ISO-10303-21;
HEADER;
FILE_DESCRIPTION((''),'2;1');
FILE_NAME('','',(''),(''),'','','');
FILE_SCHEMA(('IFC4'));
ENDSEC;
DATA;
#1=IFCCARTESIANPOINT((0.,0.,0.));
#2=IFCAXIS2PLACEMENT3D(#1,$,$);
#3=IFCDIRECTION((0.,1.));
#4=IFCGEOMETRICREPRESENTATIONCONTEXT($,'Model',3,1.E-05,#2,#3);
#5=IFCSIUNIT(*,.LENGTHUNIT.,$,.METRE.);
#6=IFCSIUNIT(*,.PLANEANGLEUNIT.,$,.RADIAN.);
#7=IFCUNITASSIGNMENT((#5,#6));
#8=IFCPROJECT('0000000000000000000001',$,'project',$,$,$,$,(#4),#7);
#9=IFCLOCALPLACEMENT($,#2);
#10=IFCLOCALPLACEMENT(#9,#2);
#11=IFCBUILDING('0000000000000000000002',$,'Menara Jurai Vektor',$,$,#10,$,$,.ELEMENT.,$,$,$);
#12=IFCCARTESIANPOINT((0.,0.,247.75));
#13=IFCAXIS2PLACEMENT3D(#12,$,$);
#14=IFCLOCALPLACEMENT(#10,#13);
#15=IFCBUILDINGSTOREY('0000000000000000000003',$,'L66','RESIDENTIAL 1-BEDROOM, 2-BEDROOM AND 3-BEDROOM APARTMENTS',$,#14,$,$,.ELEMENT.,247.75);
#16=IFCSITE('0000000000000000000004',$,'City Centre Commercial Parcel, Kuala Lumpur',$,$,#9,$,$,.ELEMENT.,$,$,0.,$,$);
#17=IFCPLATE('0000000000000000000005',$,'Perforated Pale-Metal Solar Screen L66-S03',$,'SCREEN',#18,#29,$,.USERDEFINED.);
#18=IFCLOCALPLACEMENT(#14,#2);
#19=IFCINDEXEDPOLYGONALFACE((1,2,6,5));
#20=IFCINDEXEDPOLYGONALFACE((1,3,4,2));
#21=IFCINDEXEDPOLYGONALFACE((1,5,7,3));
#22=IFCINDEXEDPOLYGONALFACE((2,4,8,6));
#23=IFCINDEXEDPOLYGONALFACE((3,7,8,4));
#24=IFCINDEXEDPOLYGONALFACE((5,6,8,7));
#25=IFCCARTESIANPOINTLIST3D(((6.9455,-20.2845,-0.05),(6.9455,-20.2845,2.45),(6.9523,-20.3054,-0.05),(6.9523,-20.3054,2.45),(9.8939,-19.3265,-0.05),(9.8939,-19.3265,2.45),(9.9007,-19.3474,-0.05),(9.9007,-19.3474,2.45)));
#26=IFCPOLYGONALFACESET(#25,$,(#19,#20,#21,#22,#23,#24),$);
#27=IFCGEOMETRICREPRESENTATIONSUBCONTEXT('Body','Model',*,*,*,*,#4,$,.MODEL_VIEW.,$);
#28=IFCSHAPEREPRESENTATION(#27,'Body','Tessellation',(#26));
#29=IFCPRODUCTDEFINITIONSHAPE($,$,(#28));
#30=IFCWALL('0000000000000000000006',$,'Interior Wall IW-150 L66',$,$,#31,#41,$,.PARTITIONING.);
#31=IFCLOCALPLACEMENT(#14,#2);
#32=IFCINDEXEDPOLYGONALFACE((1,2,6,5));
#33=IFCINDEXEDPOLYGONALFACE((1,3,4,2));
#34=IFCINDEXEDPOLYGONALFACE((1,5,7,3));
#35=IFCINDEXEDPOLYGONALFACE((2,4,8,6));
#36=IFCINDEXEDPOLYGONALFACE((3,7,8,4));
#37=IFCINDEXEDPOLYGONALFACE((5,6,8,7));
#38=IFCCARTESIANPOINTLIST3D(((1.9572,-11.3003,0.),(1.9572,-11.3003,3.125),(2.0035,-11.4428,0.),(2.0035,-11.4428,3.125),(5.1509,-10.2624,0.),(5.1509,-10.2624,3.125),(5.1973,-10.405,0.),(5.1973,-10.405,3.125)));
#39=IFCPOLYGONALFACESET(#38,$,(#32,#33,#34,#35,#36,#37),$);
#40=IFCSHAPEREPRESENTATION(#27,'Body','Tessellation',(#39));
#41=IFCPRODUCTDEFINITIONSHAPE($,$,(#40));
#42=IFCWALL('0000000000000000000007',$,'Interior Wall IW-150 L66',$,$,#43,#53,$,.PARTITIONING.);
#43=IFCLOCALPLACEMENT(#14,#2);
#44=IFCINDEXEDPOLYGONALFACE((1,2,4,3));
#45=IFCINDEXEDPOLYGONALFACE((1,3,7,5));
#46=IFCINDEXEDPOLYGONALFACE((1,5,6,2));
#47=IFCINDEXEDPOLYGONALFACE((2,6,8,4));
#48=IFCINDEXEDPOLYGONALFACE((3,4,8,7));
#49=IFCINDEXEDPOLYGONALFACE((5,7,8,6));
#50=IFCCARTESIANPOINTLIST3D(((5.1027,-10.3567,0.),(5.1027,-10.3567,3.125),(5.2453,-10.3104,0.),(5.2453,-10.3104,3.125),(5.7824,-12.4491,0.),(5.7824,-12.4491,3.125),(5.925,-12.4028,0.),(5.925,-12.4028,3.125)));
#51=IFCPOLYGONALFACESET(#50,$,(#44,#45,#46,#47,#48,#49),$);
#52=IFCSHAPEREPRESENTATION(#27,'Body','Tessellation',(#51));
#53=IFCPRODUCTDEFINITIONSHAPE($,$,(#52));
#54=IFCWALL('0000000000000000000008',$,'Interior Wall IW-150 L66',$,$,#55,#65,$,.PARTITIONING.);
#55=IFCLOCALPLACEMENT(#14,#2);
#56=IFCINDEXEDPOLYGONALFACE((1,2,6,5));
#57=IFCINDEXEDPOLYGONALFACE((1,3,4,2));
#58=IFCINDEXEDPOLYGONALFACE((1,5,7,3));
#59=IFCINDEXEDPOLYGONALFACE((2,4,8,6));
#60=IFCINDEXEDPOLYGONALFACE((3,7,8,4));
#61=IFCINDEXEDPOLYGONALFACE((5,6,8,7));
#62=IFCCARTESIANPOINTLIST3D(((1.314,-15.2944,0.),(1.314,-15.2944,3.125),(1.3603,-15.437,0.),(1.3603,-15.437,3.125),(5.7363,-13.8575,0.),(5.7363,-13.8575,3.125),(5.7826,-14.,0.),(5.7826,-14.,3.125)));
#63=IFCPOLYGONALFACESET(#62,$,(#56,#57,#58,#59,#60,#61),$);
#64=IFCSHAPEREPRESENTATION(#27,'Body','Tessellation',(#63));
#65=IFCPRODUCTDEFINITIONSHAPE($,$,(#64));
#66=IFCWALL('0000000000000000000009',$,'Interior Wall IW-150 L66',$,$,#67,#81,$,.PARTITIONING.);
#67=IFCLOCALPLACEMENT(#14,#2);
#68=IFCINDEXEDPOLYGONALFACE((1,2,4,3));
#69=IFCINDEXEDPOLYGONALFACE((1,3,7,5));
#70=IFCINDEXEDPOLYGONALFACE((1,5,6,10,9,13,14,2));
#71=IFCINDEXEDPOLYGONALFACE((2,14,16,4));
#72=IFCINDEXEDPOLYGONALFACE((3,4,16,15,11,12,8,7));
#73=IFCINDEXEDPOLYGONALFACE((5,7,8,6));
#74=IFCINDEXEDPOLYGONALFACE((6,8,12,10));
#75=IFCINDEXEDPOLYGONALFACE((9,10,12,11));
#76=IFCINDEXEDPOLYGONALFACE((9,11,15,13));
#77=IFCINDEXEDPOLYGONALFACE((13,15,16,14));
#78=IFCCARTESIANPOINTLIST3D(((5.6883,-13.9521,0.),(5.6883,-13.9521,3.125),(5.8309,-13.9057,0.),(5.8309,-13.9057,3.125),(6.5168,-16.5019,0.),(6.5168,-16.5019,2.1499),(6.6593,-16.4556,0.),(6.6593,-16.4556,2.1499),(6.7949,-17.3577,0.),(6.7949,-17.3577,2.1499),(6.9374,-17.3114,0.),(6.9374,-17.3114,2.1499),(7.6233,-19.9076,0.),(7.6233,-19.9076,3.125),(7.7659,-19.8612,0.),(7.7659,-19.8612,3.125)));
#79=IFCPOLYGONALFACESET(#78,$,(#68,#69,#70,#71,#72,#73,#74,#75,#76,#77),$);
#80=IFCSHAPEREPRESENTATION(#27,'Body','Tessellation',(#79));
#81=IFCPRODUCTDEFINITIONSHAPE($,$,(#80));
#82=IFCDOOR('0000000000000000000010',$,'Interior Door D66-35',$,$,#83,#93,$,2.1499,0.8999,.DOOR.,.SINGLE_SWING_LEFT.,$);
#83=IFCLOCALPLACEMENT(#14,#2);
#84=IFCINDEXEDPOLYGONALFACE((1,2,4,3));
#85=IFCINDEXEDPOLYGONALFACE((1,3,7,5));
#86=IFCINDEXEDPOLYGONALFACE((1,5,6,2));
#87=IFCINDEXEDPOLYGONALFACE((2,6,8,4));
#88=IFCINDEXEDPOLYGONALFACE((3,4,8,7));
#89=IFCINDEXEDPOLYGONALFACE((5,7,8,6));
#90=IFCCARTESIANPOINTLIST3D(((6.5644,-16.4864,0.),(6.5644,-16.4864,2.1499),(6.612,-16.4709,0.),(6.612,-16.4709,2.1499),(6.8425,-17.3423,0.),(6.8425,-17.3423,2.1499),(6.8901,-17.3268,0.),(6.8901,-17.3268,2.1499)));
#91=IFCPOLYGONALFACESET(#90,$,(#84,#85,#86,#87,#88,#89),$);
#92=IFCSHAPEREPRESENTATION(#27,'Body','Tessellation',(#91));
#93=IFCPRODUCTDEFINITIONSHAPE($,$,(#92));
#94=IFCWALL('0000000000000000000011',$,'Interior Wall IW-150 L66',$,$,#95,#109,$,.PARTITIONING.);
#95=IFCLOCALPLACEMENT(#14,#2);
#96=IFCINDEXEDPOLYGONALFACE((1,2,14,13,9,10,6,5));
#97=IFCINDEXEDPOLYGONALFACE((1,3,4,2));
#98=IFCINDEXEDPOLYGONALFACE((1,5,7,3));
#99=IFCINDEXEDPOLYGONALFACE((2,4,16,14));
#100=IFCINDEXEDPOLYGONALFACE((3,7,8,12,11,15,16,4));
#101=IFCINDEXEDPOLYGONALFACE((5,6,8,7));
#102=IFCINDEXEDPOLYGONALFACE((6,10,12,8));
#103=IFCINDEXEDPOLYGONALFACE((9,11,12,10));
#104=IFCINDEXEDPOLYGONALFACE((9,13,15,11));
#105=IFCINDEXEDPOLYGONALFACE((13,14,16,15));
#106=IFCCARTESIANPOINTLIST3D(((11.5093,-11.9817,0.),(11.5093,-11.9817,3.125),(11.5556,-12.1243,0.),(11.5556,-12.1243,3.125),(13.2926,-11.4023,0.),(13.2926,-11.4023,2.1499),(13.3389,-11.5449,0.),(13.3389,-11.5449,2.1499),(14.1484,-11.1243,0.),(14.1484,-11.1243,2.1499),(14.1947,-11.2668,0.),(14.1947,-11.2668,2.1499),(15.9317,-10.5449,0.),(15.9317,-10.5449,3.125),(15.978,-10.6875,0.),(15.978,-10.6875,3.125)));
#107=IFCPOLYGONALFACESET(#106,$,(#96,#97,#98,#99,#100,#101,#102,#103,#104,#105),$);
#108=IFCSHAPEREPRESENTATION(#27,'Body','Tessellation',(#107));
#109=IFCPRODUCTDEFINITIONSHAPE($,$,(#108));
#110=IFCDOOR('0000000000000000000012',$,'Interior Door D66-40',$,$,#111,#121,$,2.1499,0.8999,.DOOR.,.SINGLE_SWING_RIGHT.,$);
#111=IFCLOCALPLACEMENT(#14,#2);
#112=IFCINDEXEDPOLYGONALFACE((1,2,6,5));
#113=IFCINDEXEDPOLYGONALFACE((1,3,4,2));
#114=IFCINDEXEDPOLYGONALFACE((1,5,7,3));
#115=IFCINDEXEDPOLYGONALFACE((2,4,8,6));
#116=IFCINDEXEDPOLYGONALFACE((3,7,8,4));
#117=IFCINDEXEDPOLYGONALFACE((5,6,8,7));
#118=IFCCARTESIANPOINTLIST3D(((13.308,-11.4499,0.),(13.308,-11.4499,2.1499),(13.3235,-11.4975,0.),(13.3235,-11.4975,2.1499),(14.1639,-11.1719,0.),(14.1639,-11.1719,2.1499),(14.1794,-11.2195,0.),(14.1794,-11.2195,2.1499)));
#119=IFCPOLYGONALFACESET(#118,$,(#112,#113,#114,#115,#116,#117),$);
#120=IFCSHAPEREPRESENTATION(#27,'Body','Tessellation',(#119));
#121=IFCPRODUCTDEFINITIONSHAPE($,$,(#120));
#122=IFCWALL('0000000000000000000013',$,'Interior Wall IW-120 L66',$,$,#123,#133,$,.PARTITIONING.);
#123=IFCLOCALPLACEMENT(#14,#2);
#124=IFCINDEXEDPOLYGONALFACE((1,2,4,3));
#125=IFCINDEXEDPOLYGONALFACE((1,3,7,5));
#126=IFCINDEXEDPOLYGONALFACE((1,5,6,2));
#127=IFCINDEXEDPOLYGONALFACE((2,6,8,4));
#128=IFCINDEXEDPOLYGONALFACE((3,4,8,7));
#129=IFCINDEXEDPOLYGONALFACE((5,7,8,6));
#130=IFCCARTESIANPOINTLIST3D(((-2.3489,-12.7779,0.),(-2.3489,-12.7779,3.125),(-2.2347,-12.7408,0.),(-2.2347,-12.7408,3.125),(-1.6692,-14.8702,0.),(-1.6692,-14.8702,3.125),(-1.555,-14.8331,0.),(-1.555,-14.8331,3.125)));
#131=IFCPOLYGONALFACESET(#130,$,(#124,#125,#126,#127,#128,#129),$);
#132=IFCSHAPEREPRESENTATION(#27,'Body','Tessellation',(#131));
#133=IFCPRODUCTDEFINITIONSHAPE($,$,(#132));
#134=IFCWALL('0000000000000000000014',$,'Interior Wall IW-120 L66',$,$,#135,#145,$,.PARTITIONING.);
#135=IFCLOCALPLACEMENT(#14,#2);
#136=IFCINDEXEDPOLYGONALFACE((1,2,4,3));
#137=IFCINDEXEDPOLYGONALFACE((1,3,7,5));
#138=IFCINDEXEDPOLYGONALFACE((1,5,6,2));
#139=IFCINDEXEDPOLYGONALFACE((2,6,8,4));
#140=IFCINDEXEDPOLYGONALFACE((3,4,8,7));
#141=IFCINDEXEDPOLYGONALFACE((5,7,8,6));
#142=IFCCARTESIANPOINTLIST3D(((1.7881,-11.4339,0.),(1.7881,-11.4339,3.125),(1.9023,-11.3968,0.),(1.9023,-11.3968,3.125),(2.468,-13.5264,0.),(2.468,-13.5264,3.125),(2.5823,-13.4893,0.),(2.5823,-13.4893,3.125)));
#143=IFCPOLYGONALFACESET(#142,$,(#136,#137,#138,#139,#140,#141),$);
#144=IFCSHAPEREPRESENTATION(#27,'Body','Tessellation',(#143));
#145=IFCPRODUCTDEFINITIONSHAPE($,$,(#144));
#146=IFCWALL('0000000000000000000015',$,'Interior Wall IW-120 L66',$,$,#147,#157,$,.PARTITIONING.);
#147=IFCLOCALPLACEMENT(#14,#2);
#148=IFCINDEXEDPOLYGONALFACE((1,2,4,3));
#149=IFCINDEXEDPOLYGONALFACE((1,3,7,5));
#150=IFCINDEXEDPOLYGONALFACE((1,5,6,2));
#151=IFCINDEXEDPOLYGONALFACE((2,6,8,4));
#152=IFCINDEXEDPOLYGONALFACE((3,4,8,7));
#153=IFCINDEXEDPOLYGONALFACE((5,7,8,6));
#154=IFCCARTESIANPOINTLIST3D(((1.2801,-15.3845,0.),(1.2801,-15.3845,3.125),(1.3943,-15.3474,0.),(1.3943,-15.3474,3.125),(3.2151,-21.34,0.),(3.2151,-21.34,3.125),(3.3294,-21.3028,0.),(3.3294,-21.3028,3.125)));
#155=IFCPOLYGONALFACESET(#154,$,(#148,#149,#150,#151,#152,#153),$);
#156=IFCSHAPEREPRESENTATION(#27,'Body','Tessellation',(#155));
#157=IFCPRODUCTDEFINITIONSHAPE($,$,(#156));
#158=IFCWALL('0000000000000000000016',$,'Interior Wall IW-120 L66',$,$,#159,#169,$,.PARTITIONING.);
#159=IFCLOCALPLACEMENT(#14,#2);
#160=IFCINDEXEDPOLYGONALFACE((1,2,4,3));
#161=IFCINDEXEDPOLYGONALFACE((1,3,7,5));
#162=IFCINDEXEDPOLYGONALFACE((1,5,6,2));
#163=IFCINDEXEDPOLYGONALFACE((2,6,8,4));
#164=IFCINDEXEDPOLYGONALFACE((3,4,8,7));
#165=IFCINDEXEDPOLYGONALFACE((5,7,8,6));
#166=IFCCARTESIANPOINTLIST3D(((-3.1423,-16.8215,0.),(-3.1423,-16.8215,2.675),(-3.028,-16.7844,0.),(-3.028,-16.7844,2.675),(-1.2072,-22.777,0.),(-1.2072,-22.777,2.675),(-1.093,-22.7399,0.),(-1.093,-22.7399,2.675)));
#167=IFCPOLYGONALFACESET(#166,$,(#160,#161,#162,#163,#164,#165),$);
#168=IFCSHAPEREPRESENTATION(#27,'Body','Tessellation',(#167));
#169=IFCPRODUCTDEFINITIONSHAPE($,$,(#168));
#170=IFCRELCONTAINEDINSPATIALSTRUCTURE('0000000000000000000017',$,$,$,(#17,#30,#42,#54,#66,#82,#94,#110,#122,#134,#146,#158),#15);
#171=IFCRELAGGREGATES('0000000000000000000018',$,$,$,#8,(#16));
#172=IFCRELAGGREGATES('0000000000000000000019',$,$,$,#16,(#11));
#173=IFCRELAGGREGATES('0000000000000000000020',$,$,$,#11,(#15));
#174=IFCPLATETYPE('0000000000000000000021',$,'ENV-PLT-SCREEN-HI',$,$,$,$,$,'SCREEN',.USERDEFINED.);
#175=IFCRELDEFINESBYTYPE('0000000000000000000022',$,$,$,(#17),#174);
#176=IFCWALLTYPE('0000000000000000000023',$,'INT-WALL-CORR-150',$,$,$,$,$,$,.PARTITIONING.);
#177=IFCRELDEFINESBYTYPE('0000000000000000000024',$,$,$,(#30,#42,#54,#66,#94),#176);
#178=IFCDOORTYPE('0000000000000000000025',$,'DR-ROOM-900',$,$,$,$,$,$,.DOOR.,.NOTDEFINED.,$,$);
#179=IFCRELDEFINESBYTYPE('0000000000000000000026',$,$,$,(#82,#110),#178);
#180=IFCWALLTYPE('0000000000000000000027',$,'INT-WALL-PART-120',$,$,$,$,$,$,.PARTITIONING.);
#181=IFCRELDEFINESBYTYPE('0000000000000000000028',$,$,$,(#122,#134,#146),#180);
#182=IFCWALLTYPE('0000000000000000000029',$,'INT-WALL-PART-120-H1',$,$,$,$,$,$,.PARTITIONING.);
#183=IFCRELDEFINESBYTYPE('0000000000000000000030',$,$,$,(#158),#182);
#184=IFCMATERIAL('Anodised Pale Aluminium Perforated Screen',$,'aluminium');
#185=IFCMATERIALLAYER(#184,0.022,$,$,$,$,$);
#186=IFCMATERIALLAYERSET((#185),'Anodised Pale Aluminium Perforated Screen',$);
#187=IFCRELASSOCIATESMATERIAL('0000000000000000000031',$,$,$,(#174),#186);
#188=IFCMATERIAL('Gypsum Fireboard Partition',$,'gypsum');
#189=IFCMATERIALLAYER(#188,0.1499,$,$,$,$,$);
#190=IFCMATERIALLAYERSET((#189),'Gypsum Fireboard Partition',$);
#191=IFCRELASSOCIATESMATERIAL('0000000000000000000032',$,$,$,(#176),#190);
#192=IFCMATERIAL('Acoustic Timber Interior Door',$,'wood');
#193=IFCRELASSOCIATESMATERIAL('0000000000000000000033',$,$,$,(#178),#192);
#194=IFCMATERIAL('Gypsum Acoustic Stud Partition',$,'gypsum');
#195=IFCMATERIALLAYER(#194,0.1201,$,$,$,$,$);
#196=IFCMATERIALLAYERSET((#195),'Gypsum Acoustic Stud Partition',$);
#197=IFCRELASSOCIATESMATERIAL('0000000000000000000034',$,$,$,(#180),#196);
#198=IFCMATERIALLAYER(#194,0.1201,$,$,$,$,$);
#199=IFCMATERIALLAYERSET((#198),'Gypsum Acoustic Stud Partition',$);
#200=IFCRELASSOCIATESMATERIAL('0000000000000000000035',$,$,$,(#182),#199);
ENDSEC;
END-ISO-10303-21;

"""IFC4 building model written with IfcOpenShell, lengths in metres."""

from ifc_helpers import new_model, si_unit, direction, frame, frame_2d, origin, origin_2d, place, context, subcontext, project, spatial, rectangle, extrude, material, layer, layer_set, type_object, element, fill, save


model = new_model("IFC4")

# Units and contexts
model_context = context("Model", 3, precision=1e-05, world=origin(), true_north=direction((0.0, 1.0)))
body_context = subcontext(model_context, "Body", "Model", "MODEL_VIEW")
ifc_project = project(units=[si_unit("LENGTHUNIT", "METRE"), si_unit("PLANEANGLEUNIT", "RADIAN")], contexts=[model_context])

# Site, building, storey
site_placement = place(None, origin())
site = spatial("IfcSite", under=ifc_project, at=site_placement, Name="City Centre Commercial Parcel, Kuala Lumpur", CompositionType="ELEMENT", RefElevation=0.0)
building_placement = place(site_placement, origin())
building = spatial("IfcBuilding", under=site, at=building_placement, Name="Menara Jurai Vektor", CompositionType="ELEMENT")
storey_placement = place(building_placement, frame((0.0, 0.0, 247.75)))
storey = spatial("IfcBuildingStorey", under=building, at=storey_placement, Name="L66", Description="RESIDENTIAL 1-BEDROOM, 2-BEDROOM AND 3-BEDROOM APARTMENTS", CompositionType="ELEMENT", Elevation=247.75)

# Plate
ifc_material_1 = material(Name="Anodised Pale Aluminium Perforated Screen", Category="aluminium")
ifc_layer_1 = layer(ifc_material_1, 0.022)
ifc_layer_set_1 = layer_set([ifc_layer_1], Name="Anodised Pale Aluminium Perforated Screen")
plate_type_1 = type_object("IfcPlateType", Name="ENV-PLT-SCREEN-HI", ElementType="SCREEN", PredefinedType="USERDEFINED", material=ifc_layer_set_1)
plate_1_placement = place(storey_placement, frame((8.4231, -19.8159, -0.05), z_axis=(0.0, 0.0, 1.0), x_axis=(0.951057, 0.309017, 0.0)))
element("IfcPlate", 1, at=plate_1_placement, inside=storey, type_object=plate_type_1, Name="Perforated Pale-Metal Solar Screen L66-S03", ObjectType="SCREEN", PredefinedType="USERDEFINED", context=body_context, shape_type="SweptSolid", body=[
    extrude(rectangle(XDim=3.1001, YDim=0.022, at=origin_2d()), origin(), (0.0, 0.0, 1.0), 2.5),
])

# Wall
ifc_material_2 = material(Name="Gypsum Fireboard Partition", Category="gypsum")
ifc_layer_2 = layer(ifc_material_2, 0.1499)
ifc_layer_set_2 = layer_set([ifc_layer_2], Name="Gypsum Fireboard Partition")
wall_type_1 = type_object("IfcWallType", Name="INT-WALL-CORR-150", PredefinedType="PARTITIONING", material=ifc_layer_set_2)
wall_1_placement = place(storey_placement, frame((1.9802, -11.3716, 0.0), z_axis=(0.0, 0.0, 1.0), x_axis=(0.951048, 0.309043, 0.0)))
element("IfcWall", 2, at=wall_1_placement, inside=storey, type_object=wall_type_1, Name="Interior Wall IW-150 L66", PredefinedType="PARTITIONING", context=body_context, shape_type="SweptSolid", body=[
    extrude(rectangle(XDim=3.3582, YDim=0.1499, at=frame_2d((1.6792, 0.0))), origin(), (0.0, 0.0, 1.0), 3.125),
])

# Shared definitions
ifc_material_3 = material(Name="Acoustic Timber Interior Door", Category="wood")
door_type_1 = type_object("IfcDoorType", Name="DR-ROOM-900", OperationType="NOTDEFINED", PredefinedType="DOOR", material=ifc_material_3)

# Walls
wall_2_placement = place(storey_placement, frame((5.8538, -12.426, 0.0), z_axis=(0.0, 0.0, 1.0), x_axis=(-0.308961, 0.951075, 0.0)))
element("IfcWall", 3, at=wall_2_placement, inside=storey, type_object=wall_type_1, Name="Interior Wall IW-150 L66", PredefinedType="PARTITIONING", context=body_context, shape_type="SweptSolid", body=[
    extrude(rectangle(XDim=2.2, YDim=0.1499, at=frame_2d((1.1001, 0.0))), origin(), (0.0, 0.0, 1.0), 3.125),
])
wall_3_placement = place(storey_placement, frame((1.3372, -15.3657, 0.0), z_axis=(0.0, 0.0, 1.0), x_axis=(0.95105, 0.309036, 0.0)))
element("IfcWall", 4, at=wall_3_placement, inside=storey, type_object=wall_type_1, Name="Interior Wall IW-150 L66", PredefinedType="PARTITIONING", context=body_context, shape_type="SweptSolid", body=[
    extrude(rectangle(XDim=4.6499, YDim=0.1499, at=frame_2d((2.325, 0.0))), origin(), (0.0, 0.0, 1.0), 3.125),
])

# Walls, openings, doors
wall_4_placement = place(storey_placement, frame((7.6946, -19.8843, 0.0), z_axis=(0.0, 0.0, 1.0), x_axis=(-0.309014, 0.951058, 0.0)))
wall_4 = element("IfcWall", 5, at=wall_4_placement, inside=storey, type_object=wall_type_1, Name="Interior Wall IW-150 L66", PredefinedType="PARTITIONING", context=body_context, shape_type="SweptSolid", body=[
    extrude(rectangle(XDim=6.262, YDim=0.1499, at=frame_2d((3.1309, 0.0))), origin(), (0.0, 0.0, 1.0), 3.125),
])
opening_1_placement = place(wall_4_placement, frame((2.6809, 0.0, 0.0)))
opening_1 = element("IfcOpeningElement", 6, at=opening_1_placement, cuts=wall_4, PredefinedType="OPENING", context=body_context, shape_type="SweptSolid", body=[
    extrude(rectangle(XDim=0.8999, YDim=2.1499, at=frame_2d((0.45, 1.075))), frame((0.0, 0.085, 0.0), z_axis=(0.0, -1.0, 0.0), x_axis=(1.0, 0.0, 0.0)), (0.0, 0.0, 1.0), 0.1699),
])
door_1_placement = place(opening_1_placement, origin())
door_1 = element("IfcDoor", 7, at=door_1_placement, inside=storey, type_object=door_type_1, Name="Interior Door D66-35", OperationType="SINGLE_SWING_LEFT", OverallHeight=2.1499, OverallWidth=0.8999, PredefinedType="DOOR", context=body_context, shape_type="SweptSolid", body=[
    extrude(rectangle(XDim=0.8999, YDim=2.1499, at=frame_2d((0.45, 1.075))), frame((0.0, 0.0249, 0.0), z_axis=(0.0, -1.0, 0.0), x_axis=(1.0, 0.0, 0.0)), (0.0, 0.0, 1.0), 0.05),
])
fill(opening_1, door_1)
wall_5_placement = place(storey_placement, frame((11.5325, -12.053, 0.0), z_axis=(0.0, 0.0, 1.0), x_axis=(0.951066, 0.308989, 0.0)))
wall_5 = element("IfcWall", 8, at=wall_5_placement, inside=storey, type_object=wall_type_1, Name="Interior Wall IW-150 L66", PredefinedType="PARTITIONING", context=body_context, shape_type="SweptSolid", body=[
    extrude(rectangle(XDim=4.6499, YDim=0.1499, at=frame_2d((2.325, 0.0))), origin(), (0.0, 0.0, 1.0), 3.125),
])
opening_2_placement = place(wall_5_placement, frame((1.875, 0.0, 0.0)))
opening_2 = element("IfcOpeningElement", 9, at=opening_2_placement, cuts=wall_5, PredefinedType="OPENING", context=body_context, shape_type="SweptSolid", body=[
    extrude(rectangle(XDim=0.8999, YDim=2.1499, at=frame_2d((0.45, 1.075))), frame((0.0, 0.085, 0.0), z_axis=(0.0, -1.0, 0.0), x_axis=(1.0, 0.0, 0.0)), (0.0, 0.0, 1.0), 0.1699),
])
door_2_placement = place(opening_2_placement, origin())
door_2 = element("IfcDoor", 10, at=door_2_placement, inside=storey, type_object=door_type_1, Name="Interior Door D66-40", OperationType="SINGLE_SWING_RIGHT", OverallHeight=2.1499, OverallWidth=0.8999, PredefinedType="DOOR", context=body_context, shape_type="SweptSolid", body=[
    extrude(rectangle(XDim=0.8999, YDim=2.1499, at=frame_2d((0.45, 1.075))), frame((0.0, 0.0249, 0.0), z_axis=(0.0, -1.0, 0.0), x_axis=(1.0, 0.0, 0.0)), (0.0, 0.0, 1.0), 0.05),
])
fill(opening_2, door_2)

# Walls
ifc_material_4 = material(Name="Gypsum Acoustic Stud Partition", Category="gypsum")
ifc_layer_3 = layer(ifc_material_4, 0.1201)
ifc_layer_set_3 = layer_set([ifc_layer_3], Name="Gypsum Acoustic Stud Partition")
wall_type_2 = type_object("IfcWallType", Name="INT-WALL-PART-120", PredefinedType="PARTITIONING", material=ifc_layer_set_3)
wall_6_placement = place(storey_placement, frame((-1.6121, -14.8518, 0.0), z_axis=(0.0, 0.0, 1.0), x_axis=(-0.308961, 0.951075, 0.0)))
element("IfcWall", 11, at=wall_6_placement, inside=storey, type_object=wall_type_2, Name="Interior Wall IW-120 L66", PredefinedType="PARTITIONING", context=body_context, shape_type="SweptSolid", body=[
    extrude(rectangle(XDim=2.2, YDim=0.1201, at=frame_2d((1.1001, 0.0))), origin(), (0.0, 0.0, 1.0), 3.125),
])
wall_7_placement = place(storey_placement, frame((2.5251, -13.5078, 0.0), z_axis=(0.0, 0.0, 1.0), x_axis=(-0.309028, 0.951053, 0.0)))
element("IfcWall", 12, at=wall_7_placement, inside=storey, type_object=wall_type_2, Name="Interior Wall IW-120 L66", PredefinedType="PARTITIONING", context=body_context, shape_type="SweptSolid", body=[
    extrude(rectangle(XDim=2.2002, YDim=0.1201, at=frame_2d((1.1001, 0.0))), origin(), (0.0, 0.0, 1.0), 3.125),
])
wall_8_placement = place(storey_placement, frame((3.2722, -21.3213, 0.0), z_axis=(0.0, 0.0, 1.0), x_axis=(-0.309014, 0.951058, 0.0)))
element("IfcWall", 13, at=wall_8_placement, inside=storey, type_object=wall_type_2, Name="Interior Wall IW-120 L66", PredefinedType="PARTITIONING", context=body_context, shape_type="SweptSolid", body=[
    extrude(rectangle(XDim=6.262, YDim=0.1201, at=frame_2d((3.1309, 0.0))), origin(), (0.0, 0.0, 1.0), 3.125),
])
ifc_layer_4 = layer(ifc_material_4, 0.1201)
ifc_layer_set_4 = layer_set([ifc_layer_4], Name="Gypsum Acoustic Stud Partition")
wall_type_3 = type_object("IfcWallType", Name="INT-WALL-PART-120-H1", PredefinedType="PARTITIONING", material=ifc_layer_set_4)
wall_9_placement = place(storey_placement, frame((-1.1501, -22.7583, 0.0), z_axis=(0.0, 0.0, 1.0), x_axis=(-0.309014, 0.951058, 0.0)))
element("IfcWall", 14, at=wall_9_placement, inside=storey, type_object=wall_type_3, Name="Interior Wall IW-120 L66", PredefinedType="PARTITIONING", context=body_context, shape_type="SweptSolid", body=[
    extrude(rectangle(XDim=6.262, YDim=0.1201, at=frame_2d((3.1309, 0.0))), origin(), (0.0, 0.0, 1.0), 2.675),
])

save(model, "model.ifc")
